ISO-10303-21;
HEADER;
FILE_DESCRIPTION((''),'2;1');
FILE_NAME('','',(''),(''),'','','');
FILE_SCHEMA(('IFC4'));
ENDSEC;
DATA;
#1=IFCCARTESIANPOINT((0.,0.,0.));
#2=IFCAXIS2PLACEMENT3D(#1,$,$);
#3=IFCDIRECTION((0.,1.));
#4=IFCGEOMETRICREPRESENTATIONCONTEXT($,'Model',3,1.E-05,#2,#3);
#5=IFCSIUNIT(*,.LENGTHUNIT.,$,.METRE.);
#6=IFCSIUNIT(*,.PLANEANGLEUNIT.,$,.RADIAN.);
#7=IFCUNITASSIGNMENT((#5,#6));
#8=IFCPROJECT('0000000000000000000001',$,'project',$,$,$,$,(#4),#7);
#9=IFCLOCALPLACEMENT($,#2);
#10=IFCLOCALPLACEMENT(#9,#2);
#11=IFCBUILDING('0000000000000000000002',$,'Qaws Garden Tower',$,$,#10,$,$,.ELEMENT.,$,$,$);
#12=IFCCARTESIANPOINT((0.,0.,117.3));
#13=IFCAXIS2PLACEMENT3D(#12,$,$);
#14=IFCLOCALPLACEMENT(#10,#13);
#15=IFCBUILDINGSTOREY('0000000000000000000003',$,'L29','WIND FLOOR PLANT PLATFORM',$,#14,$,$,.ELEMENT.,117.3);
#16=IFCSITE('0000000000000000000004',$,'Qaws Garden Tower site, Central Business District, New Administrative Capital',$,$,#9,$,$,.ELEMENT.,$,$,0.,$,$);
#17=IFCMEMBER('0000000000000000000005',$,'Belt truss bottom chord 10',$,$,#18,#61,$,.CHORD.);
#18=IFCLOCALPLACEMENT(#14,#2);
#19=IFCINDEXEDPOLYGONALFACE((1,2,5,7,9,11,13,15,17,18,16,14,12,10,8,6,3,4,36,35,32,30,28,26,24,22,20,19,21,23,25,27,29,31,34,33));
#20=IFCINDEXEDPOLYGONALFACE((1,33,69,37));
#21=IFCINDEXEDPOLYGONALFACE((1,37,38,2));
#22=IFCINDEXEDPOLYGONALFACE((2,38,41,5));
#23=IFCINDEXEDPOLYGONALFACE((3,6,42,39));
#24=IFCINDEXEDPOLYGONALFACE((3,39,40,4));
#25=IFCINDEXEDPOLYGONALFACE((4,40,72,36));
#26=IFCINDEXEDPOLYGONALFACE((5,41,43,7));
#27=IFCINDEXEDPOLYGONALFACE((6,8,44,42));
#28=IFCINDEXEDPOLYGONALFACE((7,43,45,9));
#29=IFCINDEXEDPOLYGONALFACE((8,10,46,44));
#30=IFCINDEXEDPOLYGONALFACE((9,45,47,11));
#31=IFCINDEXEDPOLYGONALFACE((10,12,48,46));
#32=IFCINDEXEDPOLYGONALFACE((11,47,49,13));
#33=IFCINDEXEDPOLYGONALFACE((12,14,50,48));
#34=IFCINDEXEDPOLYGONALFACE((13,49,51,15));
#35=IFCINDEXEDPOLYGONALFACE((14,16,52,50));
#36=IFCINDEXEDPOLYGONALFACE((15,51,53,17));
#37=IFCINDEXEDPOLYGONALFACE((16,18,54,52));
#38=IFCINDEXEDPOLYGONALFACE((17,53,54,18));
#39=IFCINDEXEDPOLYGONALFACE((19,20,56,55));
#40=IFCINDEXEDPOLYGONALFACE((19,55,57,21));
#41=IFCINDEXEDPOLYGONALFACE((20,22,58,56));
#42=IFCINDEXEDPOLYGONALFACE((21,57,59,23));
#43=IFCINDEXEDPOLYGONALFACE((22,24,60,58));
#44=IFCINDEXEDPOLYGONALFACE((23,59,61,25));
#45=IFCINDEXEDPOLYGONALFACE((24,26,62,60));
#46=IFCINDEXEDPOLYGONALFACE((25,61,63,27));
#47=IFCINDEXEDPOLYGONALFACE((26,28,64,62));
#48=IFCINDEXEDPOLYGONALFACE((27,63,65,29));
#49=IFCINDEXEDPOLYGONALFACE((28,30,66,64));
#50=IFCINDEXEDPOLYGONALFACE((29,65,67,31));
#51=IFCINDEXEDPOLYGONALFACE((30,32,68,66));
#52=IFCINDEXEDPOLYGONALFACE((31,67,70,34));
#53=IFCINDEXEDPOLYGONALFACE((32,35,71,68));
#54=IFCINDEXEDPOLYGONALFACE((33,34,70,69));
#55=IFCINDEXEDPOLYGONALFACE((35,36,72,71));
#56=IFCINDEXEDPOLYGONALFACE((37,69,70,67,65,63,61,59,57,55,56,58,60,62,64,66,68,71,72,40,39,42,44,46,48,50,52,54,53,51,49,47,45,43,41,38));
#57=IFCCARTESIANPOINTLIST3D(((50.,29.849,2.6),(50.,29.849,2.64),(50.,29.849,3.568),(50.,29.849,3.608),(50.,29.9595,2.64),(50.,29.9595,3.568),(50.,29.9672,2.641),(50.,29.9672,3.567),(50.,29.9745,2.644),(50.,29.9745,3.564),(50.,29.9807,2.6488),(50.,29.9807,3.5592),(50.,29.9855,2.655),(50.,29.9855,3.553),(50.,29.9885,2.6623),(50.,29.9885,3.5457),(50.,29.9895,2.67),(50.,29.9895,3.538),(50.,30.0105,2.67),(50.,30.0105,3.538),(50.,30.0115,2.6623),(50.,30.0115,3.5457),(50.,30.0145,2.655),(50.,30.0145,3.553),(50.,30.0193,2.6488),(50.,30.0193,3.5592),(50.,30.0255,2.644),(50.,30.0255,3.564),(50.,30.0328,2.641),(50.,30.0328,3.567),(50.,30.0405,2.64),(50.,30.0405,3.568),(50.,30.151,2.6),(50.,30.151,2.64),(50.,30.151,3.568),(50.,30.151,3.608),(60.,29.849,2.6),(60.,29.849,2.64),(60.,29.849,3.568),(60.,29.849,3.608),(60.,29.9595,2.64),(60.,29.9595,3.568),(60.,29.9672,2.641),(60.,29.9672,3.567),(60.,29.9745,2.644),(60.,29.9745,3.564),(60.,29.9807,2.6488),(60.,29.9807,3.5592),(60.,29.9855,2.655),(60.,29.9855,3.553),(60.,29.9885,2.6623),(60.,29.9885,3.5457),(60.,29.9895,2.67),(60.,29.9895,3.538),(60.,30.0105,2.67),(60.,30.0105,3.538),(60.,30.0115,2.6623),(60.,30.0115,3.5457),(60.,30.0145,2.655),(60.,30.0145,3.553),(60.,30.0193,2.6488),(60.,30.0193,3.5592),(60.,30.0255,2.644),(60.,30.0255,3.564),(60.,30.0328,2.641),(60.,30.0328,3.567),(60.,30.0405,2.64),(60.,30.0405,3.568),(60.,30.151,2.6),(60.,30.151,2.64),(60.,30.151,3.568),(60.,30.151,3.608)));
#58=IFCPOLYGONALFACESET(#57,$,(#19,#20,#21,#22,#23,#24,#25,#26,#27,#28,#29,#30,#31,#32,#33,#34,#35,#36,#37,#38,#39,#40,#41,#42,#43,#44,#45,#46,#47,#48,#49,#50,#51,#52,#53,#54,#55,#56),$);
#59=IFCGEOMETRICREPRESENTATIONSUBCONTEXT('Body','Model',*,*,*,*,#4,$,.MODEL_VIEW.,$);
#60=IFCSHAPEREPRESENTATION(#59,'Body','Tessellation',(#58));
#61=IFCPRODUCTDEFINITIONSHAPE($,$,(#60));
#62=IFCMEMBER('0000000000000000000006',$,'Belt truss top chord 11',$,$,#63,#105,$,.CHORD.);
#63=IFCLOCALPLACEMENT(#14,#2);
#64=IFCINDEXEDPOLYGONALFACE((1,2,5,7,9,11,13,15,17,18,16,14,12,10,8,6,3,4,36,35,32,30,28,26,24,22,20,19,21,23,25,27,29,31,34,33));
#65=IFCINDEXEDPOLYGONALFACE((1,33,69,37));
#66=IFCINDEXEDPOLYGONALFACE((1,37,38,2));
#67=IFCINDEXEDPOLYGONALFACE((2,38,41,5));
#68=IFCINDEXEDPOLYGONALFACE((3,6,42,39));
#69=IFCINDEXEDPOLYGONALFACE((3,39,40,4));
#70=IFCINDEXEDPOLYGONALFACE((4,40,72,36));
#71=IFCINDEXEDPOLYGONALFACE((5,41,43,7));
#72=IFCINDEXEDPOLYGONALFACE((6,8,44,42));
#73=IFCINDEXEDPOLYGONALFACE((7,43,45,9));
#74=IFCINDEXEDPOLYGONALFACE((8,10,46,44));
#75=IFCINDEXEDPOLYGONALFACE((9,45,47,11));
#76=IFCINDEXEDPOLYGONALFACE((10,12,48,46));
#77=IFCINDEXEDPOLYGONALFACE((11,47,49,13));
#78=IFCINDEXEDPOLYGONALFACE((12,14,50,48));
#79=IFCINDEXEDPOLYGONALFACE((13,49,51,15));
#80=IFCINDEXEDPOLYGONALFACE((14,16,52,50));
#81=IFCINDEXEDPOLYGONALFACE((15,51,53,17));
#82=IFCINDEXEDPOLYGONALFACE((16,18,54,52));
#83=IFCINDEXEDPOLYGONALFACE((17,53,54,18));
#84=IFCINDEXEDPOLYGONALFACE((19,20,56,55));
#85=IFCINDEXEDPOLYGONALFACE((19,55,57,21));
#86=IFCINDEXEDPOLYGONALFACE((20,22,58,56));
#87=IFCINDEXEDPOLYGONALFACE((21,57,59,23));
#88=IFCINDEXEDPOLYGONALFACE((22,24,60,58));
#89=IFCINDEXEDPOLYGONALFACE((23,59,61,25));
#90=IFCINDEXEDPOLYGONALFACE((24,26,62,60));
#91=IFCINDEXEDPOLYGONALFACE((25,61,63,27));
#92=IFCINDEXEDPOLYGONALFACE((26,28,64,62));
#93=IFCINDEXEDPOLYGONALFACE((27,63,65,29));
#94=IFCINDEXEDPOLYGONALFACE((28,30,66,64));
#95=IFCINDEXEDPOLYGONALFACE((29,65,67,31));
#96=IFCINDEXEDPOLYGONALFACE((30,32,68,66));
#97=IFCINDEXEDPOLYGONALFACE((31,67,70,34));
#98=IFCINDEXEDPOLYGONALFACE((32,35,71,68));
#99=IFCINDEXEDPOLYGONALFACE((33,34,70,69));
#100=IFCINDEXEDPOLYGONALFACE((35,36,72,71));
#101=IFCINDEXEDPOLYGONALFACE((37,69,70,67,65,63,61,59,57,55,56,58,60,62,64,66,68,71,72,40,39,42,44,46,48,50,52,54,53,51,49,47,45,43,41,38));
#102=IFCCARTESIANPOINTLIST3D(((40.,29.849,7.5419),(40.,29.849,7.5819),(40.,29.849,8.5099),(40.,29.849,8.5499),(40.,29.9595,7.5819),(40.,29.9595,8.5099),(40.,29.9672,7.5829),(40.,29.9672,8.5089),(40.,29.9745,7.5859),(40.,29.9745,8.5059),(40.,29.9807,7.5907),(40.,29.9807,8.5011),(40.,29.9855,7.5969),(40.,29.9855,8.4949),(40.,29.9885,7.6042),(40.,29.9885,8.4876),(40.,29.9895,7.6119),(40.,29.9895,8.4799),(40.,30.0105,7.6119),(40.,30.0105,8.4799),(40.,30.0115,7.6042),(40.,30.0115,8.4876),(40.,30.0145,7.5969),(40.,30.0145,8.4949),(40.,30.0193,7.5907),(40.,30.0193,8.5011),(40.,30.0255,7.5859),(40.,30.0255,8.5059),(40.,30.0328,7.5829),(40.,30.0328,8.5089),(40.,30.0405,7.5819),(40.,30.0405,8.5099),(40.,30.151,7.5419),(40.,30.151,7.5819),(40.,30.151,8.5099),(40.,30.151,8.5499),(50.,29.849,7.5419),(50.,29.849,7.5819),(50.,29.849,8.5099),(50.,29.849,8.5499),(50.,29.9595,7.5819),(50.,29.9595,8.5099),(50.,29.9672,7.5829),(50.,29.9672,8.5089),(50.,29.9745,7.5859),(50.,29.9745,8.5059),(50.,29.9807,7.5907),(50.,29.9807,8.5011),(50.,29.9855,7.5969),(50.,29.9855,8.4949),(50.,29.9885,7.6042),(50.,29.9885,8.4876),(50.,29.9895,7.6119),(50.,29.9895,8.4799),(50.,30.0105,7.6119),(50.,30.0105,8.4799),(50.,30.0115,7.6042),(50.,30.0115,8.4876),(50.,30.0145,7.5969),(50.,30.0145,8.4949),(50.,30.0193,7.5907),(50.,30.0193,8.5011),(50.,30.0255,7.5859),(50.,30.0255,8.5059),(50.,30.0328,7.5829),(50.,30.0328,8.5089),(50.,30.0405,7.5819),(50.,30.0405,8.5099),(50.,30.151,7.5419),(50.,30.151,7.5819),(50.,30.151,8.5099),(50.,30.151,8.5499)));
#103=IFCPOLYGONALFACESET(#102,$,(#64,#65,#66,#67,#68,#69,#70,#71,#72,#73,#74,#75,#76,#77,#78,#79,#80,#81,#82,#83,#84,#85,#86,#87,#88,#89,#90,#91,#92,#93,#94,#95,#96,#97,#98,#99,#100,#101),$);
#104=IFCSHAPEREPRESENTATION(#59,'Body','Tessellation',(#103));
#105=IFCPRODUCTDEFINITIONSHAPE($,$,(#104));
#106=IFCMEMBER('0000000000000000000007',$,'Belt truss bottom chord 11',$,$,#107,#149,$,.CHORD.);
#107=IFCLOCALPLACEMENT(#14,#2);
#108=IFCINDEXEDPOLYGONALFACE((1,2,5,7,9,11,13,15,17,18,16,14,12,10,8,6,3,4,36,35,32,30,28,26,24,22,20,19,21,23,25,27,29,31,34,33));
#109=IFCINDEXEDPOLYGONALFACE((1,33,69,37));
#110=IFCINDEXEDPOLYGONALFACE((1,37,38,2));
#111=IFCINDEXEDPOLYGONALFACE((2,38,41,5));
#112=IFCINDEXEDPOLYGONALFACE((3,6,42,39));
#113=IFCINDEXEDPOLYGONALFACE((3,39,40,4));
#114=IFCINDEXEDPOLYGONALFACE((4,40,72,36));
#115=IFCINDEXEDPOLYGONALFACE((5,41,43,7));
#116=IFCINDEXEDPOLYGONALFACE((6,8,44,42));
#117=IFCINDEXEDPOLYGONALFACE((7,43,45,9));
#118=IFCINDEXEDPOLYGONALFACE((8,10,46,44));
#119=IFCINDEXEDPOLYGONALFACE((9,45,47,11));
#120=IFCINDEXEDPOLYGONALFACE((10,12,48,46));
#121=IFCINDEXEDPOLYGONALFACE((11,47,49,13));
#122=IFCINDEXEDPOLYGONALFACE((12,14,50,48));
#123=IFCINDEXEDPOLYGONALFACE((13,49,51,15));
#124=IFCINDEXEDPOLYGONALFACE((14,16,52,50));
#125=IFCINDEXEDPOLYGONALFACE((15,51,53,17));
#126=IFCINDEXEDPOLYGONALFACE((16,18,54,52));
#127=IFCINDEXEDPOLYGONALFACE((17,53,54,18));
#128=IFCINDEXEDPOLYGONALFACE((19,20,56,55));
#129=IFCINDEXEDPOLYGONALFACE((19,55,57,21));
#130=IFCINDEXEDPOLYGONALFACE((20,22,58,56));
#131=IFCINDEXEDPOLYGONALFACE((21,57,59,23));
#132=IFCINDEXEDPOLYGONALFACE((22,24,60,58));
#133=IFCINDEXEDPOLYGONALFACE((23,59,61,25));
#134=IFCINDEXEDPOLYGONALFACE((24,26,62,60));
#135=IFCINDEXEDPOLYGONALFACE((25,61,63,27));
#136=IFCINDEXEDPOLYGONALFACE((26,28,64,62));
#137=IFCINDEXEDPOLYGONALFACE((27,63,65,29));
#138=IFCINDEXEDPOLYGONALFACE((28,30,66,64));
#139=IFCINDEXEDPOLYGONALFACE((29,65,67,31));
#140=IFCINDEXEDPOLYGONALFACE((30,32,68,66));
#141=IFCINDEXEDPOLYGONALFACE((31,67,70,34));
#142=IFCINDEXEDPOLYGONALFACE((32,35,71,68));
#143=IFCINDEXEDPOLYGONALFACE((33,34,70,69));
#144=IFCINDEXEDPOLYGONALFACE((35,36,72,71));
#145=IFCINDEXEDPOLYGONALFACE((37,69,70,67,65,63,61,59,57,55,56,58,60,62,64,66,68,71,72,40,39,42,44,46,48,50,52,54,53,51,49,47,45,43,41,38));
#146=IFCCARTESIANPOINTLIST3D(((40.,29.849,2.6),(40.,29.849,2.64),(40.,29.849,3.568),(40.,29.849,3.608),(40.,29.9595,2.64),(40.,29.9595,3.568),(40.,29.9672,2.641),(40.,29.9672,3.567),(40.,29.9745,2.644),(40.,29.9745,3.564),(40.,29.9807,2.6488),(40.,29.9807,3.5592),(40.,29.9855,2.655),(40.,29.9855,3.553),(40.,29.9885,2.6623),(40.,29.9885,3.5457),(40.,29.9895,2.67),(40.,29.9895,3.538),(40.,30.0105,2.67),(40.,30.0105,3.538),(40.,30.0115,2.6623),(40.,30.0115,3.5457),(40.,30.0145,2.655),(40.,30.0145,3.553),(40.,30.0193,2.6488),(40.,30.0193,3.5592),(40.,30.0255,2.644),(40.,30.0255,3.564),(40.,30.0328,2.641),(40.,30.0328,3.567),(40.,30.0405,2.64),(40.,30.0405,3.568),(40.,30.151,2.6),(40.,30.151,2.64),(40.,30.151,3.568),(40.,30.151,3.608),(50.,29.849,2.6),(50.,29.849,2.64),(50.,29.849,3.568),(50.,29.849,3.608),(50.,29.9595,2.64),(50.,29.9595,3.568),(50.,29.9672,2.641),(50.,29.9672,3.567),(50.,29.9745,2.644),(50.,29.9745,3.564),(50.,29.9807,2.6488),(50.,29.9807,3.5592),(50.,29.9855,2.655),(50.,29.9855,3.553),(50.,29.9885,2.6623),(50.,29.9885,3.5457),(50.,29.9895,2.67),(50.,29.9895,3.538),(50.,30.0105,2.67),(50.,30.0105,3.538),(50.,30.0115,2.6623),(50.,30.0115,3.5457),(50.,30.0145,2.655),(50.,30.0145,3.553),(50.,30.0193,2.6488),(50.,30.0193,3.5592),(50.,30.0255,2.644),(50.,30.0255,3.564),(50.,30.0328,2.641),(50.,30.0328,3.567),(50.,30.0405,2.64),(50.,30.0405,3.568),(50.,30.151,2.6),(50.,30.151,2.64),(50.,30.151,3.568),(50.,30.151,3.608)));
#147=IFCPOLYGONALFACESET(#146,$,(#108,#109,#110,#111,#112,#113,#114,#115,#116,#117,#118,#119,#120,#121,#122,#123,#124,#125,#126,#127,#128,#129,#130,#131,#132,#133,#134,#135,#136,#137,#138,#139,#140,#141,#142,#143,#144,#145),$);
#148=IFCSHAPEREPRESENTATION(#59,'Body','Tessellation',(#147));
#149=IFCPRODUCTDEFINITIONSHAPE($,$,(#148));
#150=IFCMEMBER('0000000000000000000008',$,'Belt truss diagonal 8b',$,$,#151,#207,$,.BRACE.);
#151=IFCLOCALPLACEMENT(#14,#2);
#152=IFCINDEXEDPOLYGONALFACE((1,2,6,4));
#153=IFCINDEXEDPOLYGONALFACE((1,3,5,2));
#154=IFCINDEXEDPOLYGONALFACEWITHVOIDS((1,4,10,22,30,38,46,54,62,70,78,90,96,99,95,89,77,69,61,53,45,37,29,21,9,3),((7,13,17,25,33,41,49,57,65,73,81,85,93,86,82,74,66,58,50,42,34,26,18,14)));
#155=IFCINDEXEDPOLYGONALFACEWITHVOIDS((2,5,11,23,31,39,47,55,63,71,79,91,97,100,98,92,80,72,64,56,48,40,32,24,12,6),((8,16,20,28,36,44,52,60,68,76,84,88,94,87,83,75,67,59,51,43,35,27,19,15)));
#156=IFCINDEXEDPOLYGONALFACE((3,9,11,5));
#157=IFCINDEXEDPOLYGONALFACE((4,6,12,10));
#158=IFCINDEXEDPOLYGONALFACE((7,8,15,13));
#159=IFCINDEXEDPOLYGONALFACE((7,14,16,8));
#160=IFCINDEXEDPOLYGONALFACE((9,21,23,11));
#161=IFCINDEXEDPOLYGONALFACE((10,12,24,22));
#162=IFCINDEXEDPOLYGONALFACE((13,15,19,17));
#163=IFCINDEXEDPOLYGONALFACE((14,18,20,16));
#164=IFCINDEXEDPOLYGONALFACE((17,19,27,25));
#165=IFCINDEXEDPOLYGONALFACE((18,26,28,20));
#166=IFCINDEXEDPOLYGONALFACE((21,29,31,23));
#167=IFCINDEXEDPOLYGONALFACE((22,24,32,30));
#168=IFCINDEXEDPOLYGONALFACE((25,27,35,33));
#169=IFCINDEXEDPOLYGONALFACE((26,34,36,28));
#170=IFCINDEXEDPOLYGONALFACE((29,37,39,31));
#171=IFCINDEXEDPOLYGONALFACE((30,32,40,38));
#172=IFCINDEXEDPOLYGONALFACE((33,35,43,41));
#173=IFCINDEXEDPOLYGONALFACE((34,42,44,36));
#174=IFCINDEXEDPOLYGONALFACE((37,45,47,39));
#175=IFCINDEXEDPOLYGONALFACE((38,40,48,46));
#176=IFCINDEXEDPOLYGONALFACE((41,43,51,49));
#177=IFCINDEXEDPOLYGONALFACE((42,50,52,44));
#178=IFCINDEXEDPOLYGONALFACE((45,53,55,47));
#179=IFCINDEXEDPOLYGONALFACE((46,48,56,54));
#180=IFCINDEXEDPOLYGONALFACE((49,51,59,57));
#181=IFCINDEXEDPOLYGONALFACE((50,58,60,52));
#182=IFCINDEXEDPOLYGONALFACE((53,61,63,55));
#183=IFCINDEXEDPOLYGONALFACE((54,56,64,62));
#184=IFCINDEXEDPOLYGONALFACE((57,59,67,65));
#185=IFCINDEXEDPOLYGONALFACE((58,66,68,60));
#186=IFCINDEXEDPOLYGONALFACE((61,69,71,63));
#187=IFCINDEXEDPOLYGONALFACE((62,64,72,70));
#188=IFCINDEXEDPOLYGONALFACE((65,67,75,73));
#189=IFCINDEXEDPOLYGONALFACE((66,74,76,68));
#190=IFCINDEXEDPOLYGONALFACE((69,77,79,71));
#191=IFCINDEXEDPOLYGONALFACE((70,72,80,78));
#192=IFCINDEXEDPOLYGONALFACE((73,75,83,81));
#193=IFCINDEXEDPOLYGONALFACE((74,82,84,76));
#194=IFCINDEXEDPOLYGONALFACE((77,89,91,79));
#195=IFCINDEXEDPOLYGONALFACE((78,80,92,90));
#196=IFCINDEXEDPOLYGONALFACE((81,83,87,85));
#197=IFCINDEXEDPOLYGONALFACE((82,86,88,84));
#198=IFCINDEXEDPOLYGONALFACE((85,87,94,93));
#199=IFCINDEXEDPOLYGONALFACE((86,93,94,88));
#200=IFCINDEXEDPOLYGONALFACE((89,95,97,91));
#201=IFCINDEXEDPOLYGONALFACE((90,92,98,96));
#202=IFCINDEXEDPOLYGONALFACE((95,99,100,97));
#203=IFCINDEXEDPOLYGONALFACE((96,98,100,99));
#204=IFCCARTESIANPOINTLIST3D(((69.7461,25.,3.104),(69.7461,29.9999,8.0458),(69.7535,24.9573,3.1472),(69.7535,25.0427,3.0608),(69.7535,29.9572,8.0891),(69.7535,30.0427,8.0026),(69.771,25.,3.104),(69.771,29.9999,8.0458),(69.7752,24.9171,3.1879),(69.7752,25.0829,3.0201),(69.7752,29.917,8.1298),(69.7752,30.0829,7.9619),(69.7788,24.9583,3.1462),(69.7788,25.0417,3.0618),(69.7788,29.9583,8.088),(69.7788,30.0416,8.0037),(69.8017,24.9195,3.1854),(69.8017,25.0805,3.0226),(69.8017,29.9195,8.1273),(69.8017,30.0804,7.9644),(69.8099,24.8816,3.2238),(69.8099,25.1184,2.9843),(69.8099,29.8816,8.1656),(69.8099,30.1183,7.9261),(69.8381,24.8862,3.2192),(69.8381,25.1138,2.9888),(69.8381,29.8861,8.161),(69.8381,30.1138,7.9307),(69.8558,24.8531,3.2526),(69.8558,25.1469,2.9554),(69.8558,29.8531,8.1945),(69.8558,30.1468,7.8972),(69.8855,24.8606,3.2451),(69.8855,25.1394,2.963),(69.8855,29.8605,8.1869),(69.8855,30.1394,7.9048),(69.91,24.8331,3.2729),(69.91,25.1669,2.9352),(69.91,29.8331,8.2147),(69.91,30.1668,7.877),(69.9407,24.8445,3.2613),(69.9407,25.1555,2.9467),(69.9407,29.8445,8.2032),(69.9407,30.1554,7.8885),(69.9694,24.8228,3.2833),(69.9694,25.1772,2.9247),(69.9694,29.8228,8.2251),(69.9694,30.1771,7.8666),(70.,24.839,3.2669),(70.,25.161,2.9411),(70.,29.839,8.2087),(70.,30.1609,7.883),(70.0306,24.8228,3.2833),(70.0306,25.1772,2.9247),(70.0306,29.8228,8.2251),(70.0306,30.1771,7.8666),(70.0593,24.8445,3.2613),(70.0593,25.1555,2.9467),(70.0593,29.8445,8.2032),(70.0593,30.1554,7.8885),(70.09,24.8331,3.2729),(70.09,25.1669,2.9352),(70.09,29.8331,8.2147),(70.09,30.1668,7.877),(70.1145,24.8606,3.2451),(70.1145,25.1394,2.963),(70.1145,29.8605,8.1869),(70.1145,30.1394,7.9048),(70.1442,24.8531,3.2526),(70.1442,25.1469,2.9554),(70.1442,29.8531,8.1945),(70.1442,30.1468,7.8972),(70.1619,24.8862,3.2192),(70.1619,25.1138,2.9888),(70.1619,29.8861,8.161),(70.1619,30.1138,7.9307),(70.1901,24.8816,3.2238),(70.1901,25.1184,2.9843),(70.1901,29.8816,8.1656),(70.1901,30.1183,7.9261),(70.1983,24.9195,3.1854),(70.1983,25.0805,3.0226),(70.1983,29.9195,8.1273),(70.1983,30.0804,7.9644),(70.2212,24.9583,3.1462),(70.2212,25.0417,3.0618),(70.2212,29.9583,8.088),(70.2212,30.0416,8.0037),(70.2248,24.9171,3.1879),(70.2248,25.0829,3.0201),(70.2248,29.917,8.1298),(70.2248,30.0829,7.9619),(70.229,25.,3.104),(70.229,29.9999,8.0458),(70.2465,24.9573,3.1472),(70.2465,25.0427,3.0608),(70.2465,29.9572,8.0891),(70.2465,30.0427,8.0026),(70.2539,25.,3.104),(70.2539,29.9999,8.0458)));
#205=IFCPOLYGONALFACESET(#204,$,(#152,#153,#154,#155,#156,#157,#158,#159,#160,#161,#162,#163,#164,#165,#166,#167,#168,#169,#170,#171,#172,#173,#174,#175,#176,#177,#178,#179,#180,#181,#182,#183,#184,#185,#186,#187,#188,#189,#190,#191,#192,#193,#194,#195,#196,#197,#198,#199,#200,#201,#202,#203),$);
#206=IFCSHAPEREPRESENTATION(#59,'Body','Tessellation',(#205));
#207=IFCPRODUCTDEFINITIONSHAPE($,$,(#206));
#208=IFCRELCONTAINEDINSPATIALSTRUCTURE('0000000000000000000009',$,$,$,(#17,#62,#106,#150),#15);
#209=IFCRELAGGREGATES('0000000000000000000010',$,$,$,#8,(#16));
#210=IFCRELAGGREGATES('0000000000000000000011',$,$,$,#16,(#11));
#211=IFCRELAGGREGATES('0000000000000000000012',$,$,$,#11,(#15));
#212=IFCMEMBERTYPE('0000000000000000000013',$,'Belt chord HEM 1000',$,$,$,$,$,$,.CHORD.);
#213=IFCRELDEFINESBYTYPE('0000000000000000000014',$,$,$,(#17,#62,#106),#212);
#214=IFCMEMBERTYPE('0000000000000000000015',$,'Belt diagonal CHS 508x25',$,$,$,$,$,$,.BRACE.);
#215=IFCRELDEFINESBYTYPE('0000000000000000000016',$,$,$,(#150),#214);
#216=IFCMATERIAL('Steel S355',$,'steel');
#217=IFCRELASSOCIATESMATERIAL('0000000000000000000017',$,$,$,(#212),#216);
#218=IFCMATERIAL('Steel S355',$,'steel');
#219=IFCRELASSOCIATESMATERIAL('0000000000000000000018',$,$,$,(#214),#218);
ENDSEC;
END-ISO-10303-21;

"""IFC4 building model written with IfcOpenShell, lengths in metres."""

from ifc_helpers import new_model, si_unit, direction, frame, origin, origin_2d, place, context, subcontext, project, spatial, hollow_circle, i_section, extrude, material, material_profile, profile_set, type_object, element, save


model = new_model("IFC4")

# Units and contexts
model_context = context("Model", 3, precision=1e-05, world=origin(), true_north=direction((0.0, 1.0)))
body_context = subcontext(model_context, "Body", "Model", "MODEL_VIEW")
ifc_project = project(units=[si_unit("LENGTHUNIT", "METRE"), si_unit("PLANEANGLEUNIT", "RADIAN")], contexts=[model_context])

# Site, building, storey
site_placement = place(None, origin())
site = spatial("IfcSite", under=ifc_project, at=site_placement, Name="Qaws Garden Tower site, Central Business District, New Administrative Capital", CompositionType="ELEMENT", RefElevation=0.0)
building_placement = place(site_placement, origin())
building = spatial("IfcBuilding", under=site, at=building_placement, Name="Qaws Garden Tower", CompositionType="ELEMENT")
storey_placement = place(building_placement, frame((0.0, 0.0, 117.3)))
storey = spatial("IfcBuildingStorey", under=building, at=storey_placement, Name="L29", Description="WIND FLOOR PLANT PLATFORM", CompositionType="ELEMENT", Elevation=117.3)

# Members
ifc_material_1 = material(Name="Steel S355", Category="steel")
ifc_material_profile_1 = material_profile(ifc_material_1, i_section(OverallWidth=0.302, OverallDepth=1.0081, WebThickness=0.021, FlangeThickness=0.04, FilletRadius=0.03, at=origin_2d()), Name="HEM 1000")
ifc_profile_set_1 = profile_set([ifc_material_profile_1], Name="Steel S355")
member_type_1 = type_object("IfcMemberType", Name="Belt chord HEM 1000", PredefinedType="CHORD", material=ifc_profile_set_1)
for number, where, z_axis, x_axis, name in (
    (1, (60.0, 30.0, 3.104), (-1.0, 0.0, 0.0), (0.0, -1.0, 0.0), "Belt truss bottom chord 10"),
    (2, (50.0, 30.0, 8.0459), (-1.0, 0.0, 0.0), (0.0, -1.0, 0.0), "Belt truss top chord 11"),
    (3, (50.0, 30.0, 3.104), (-1.0, 0.0, 0.0), (0.0, -1.0, 0.0), "Belt truss bottom chord 11"),
):
    element("IfcMember", number, at=place(storey_placement, frame(where, z_axis=z_axis, x_axis=x_axis)), inside=storey, type_object=member_type_1, Name=name, PredefinedType="CHORD", context=body_context, shape_type="SweptSolid", body=[
        extrude(i_section(OverallWidth=0.302, OverallDepth=1.0081, WebThickness=0.021, FlangeThickness=0.04, FilletRadius=0.03, at=origin_2d()), origin(), (0.0, 0.0, 1.0), 10.0),
    ])
ifc_material_2 = material(Name="Steel S355", Category="steel")
ifc_material_profile_2 = material_profile(ifc_material_2, hollow_circle(Radius=0.2539, WallThickness=0.0249, at=origin_2d()), Name="CHS 508x25")
ifc_profile_set_2 = profile_set([ifc_material_profile_2], Name="Steel S355")
member_type_2 = type_object("IfcMemberType", Name="Belt diagonal CHS 508x25", PredefinedType="BRACE", material=ifc_profile_set_2)
for number, where, z_axis, x_axis, name in (
    (4, (70.0, 25.0, 3.104), (0.0, 0.711227, 0.702962), (-1.0, 0.0, 0.0), "Belt truss diagonal 8b"),
):
    element("IfcMember", number, at=place(storey_placement, frame(where, z_axis=z_axis, x_axis=x_axis)), inside=storey, type_object=member_type_2, Name=name, PredefinedType="BRACE", context=body_context, shape_type="SweptSolid", body=[
        extrude(hollow_circle(Radius=0.2539, WallThickness=0.0249, at=origin_2d()), origin(), (0.0, 0.0, 1.0), 7.03),
    ])

save(model, "model.ifc")
